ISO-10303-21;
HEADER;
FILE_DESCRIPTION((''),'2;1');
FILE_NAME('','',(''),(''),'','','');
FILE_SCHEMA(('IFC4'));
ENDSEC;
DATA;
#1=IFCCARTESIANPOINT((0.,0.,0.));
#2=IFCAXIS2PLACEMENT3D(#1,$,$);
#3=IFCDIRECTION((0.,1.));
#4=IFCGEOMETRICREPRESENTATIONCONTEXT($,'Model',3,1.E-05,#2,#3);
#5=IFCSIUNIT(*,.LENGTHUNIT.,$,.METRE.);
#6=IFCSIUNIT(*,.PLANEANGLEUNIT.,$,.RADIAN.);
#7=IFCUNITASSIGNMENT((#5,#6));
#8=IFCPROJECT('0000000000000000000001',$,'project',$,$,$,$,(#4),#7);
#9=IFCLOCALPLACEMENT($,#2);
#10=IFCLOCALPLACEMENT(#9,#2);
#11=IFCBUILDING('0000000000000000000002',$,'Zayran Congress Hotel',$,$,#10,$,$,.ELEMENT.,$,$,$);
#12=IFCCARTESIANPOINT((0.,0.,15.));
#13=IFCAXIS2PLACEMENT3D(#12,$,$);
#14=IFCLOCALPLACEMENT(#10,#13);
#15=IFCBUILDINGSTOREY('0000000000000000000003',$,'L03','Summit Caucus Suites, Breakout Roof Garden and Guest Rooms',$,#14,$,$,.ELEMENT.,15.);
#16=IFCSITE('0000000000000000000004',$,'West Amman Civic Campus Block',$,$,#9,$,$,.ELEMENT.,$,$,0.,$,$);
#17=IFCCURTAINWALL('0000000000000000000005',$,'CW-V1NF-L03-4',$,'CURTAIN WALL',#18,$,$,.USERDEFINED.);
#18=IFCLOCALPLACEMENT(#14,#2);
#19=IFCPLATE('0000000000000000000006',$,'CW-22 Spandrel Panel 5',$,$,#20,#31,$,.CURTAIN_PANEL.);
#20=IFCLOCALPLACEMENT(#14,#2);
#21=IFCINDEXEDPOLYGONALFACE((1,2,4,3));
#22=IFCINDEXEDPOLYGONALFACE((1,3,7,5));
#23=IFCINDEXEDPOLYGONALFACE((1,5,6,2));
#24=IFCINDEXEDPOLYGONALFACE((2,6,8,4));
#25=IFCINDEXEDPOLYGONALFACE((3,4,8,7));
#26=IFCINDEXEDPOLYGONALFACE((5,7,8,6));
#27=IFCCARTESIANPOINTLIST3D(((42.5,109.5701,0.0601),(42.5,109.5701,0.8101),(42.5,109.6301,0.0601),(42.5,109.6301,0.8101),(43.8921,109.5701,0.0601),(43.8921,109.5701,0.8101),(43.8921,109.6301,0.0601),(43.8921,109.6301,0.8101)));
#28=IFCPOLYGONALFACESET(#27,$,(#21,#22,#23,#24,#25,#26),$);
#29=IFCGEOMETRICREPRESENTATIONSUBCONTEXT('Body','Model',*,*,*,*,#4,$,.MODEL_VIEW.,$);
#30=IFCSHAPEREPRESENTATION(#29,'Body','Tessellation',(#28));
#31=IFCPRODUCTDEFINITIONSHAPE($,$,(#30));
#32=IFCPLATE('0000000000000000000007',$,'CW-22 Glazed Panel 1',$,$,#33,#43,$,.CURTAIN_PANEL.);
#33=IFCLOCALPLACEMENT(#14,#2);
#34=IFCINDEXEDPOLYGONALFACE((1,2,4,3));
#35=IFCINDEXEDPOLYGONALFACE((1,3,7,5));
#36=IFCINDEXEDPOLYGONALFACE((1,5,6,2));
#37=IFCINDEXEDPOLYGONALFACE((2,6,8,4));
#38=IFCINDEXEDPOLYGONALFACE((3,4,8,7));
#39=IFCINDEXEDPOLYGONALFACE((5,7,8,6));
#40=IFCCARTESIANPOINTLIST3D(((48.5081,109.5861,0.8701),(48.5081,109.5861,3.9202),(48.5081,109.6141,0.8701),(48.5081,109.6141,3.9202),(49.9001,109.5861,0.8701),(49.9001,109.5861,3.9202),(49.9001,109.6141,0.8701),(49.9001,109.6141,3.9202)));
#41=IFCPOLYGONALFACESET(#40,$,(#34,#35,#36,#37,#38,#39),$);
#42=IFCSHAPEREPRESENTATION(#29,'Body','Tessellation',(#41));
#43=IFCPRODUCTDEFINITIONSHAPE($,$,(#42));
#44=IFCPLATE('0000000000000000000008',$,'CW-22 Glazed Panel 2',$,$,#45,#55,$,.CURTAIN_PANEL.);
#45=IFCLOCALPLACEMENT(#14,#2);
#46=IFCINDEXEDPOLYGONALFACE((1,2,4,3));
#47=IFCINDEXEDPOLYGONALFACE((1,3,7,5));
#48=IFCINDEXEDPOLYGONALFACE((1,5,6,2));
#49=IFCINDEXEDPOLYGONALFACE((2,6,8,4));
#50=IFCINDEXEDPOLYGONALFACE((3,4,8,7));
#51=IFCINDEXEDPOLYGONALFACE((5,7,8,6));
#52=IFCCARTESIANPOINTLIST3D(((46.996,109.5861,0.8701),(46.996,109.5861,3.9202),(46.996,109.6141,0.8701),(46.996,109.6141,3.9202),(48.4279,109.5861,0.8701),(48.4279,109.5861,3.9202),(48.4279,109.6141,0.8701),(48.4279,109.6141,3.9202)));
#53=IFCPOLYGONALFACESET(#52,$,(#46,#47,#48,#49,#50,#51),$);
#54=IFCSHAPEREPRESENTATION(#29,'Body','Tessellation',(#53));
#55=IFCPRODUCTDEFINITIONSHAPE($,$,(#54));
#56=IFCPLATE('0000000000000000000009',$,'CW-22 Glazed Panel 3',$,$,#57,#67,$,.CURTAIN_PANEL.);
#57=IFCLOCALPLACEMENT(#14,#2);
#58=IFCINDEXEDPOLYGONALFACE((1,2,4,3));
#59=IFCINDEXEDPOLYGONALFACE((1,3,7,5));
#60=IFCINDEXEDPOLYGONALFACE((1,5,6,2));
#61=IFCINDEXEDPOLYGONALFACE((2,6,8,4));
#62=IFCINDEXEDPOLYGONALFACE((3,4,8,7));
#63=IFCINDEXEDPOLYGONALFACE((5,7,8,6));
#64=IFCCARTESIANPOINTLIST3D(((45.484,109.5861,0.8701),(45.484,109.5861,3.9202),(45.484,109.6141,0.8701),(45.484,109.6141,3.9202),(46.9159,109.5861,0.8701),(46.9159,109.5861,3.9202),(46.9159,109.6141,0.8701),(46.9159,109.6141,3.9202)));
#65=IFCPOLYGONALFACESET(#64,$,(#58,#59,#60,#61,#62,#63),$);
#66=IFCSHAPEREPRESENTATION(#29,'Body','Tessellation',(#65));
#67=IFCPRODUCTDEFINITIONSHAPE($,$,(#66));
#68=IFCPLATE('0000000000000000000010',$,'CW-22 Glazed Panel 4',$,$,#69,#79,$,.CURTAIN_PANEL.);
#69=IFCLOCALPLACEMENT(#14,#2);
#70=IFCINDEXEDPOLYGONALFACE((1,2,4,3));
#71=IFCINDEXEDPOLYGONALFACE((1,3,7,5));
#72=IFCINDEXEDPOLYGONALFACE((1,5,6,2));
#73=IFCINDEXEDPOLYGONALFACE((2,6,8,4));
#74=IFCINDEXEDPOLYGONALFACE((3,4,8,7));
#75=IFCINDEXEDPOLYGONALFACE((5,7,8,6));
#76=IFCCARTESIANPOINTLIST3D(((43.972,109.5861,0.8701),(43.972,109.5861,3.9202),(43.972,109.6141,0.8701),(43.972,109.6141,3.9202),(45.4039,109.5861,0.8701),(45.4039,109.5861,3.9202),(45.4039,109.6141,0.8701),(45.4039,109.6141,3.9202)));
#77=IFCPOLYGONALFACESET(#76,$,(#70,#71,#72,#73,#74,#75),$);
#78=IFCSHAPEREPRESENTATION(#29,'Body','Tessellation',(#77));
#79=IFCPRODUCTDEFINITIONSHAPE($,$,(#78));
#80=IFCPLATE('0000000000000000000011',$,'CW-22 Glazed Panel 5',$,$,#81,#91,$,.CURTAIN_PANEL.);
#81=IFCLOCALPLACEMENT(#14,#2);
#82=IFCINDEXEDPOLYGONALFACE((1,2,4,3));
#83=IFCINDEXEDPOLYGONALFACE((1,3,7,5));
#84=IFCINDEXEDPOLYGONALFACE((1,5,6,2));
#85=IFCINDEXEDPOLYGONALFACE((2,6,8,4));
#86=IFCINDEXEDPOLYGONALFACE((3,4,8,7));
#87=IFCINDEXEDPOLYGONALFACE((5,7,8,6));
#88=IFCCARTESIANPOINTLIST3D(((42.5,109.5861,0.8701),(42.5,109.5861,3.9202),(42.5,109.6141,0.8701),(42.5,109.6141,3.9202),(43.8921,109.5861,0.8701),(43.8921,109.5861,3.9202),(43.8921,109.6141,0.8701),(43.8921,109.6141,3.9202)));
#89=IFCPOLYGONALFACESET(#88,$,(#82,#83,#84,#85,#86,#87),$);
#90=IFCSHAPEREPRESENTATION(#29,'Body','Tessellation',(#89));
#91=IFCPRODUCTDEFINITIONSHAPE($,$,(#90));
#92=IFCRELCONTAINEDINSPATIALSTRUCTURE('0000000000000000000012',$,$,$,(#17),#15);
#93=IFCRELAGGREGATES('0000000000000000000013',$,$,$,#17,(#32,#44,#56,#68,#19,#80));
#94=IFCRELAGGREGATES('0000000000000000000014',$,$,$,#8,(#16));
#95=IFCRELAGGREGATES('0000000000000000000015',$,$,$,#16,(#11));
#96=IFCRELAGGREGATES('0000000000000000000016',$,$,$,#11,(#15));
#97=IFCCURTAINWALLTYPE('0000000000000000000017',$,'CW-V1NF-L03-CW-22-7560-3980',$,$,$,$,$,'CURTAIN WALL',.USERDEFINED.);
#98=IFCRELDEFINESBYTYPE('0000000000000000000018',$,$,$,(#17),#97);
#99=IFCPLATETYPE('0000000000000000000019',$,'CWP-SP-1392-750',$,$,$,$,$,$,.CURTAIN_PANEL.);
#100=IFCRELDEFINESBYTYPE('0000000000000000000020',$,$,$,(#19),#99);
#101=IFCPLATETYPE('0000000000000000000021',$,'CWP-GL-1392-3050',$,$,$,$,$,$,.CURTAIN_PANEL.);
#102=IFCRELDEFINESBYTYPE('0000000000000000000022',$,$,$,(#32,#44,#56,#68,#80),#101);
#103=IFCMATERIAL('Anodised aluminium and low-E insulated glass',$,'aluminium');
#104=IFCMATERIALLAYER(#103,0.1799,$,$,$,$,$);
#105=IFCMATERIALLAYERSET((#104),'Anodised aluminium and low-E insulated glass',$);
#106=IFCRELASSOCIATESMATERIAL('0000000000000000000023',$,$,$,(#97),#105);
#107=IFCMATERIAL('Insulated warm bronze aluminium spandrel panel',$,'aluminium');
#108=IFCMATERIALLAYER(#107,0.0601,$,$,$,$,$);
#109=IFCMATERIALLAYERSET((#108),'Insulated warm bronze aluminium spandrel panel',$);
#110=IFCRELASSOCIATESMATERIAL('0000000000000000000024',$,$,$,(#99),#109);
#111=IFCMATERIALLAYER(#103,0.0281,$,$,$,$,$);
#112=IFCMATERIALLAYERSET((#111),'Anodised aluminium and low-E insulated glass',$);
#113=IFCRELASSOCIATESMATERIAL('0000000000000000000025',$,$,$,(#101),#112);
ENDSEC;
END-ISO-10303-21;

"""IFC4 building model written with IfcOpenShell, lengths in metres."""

from ifc_helpers import new_model, si_unit, direction, frame, origin, origin_2d, place, context, subcontext, project, spatial, rectangle, extrude, material, layer, layer_set, type_object, element, aggregate, save


model = new_model("IFC4")

# Units and contexts
model_context = context("Model", 3, precision=1e-05, world=origin(), true_north=direction((0.0, 1.0)))
body_context = subcontext(model_context, "Body", "Model", "MODEL_VIEW")
ifc_project = project(units=[si_unit("LENGTHUNIT", "METRE"), si_unit("PLANEANGLEUNIT", "RADIAN")], contexts=[model_context])

# Site, building, storey
site_placement = place(None, origin())
site = spatial("IfcSite", under=ifc_project, at=site_placement, Name="West Amman Civic Campus Block", CompositionType="ELEMENT", RefElevation=0.0)
building_placement = place(site_placement, origin())
building = spatial("IfcBuilding", under=site, at=building_placement, Name="Zayran Congress Hotel", CompositionType="ELEMENT")
storey_placement = place(building_placement, frame((0.0, 0.0, 15.0)))
storey = spatial("IfcBuildingStorey", under=building, at=storey_placement, Name="L03", Description="Summit Caucus Suites, Breakout Roof Garden and Guest Rooms", CompositionType="ELEMENT", Elevation=15.0)

# Curtain wall, plates
ifc_material_1 = material(Name="Anodised aluminium and low-E insulated glass", Category="aluminium")
ifc_layer_1 = layer(ifc_material_1, 0.1799)
ifc_layer_set_1 = layer_set([ifc_layer_1], Name="Anodised aluminium and low-E insulated glass")
curtain_wall_type = type_object("IfcCurtainWallType", Name="CW-V1NF-L03-CW-22-7560-3980", ElementType="CURTAIN WALL", PredefinedType="USERDEFINED", material=ifc_layer_set_1)
curtain_wall_placement = place(storey_placement, origin())
curtain_wall = element("IfcCurtainWall", 1, at=curtain_wall_placement, inside=storey, type_object=curtain_wall_type, Name="CW-V1NF-L03-4", ObjectType="CURTAIN WALL", PredefinedType="USERDEFINED")
ifc_material_2 = material(Name="Insulated warm bronze aluminium spandrel panel", Category="aluminium")
ifc_layer_2 = layer(ifc_material_2, 0.0601)
ifc_layer_set_2 = layer_set([ifc_layer_2], Name="Insulated warm bronze aluminium spandrel panel")
plate_type_1 = type_object("IfcPlateType", Name="CWP-SP-1392-750", PredefinedType="CURTAIN_PANEL", material=ifc_layer_set_2)
plate_1_placement = place(storey_placement, frame((43.196, 109.6001, 0.0601), z_axis=(0.0, 0.0, 1.0), x_axis=(1.0, 0.0, 0.0)))
plate_1 = element("IfcPlate", 2, at=plate_1_placement, type_object=plate_type_1, Name="CW-22 Spandrel Panel 5", PredefinedType="CURTAIN_PANEL", context=body_context, shape_type="SweptSolid", body=[
    extrude(rectangle(XDim=1.3921, YDim=0.0601, at=origin_2d()), origin(), (0.0, 0.0, 1.0), 0.75),
])
ifc_layer_3 = layer(ifc_material_1, 0.0281)
ifc_layer_set_3 = layer_set([ifc_layer_3], Name="Anodised aluminium and low-E insulated glass")
plate_type_2 = type_object("IfcPlateType", Name="CWP-GL-1392-3050", PredefinedType="CURTAIN_PANEL", material=ifc_layer_set_3)
plate_2_placement = place(storey_placement, frame((49.2041, 109.6001, 0.8701), z_axis=(0.0, 0.0, 1.0), x_axis=(1.0, 0.0, 0.0)))
plate_2 = element("IfcPlate", 3, at=plate_2_placement, type_object=plate_type_2, Name="CW-22 Glazed Panel 1", PredefinedType="CURTAIN_PANEL", context=body_context, shape_type="SweptSolid", body=[
    extrude(rectangle(XDim=1.3921, YDim=0.0281, at=origin_2d()), origin(), (0.0, 0.0, 1.0), 3.05),
])
plate_3_placement = place(storey_placement, frame((47.7119, 109.6001, 0.8701), z_axis=(0.0, 0.0, 1.0), x_axis=(1.0, 0.0, 0.0)))
plate_3 = element("IfcPlate", 4, at=plate_3_placement, type_object=plate_type_2, Name="CW-22 Glazed Panel 2", PredefinedType="CURTAIN_PANEL", context=body_context, shape_type="SweptSolid", body=[
    extrude(rectangle(XDim=1.4319, YDim=0.0281, at=origin_2d()), origin(), (0.0, 0.0, 1.0), 3.05),
])
plate_4_placement = place(storey_placement, frame((46.2, 109.6001, 0.8701), z_axis=(0.0, 0.0, 1.0), x_axis=(1.0, 0.0, 0.0)))
plate_4 = element("IfcPlate", 5, at=plate_4_placement, type_object=plate_type_2, Name="CW-22 Glazed Panel 3", PredefinedType="CURTAIN_PANEL", context=body_context, shape_type="SweptSolid", body=[
    extrude(rectangle(XDim=1.4319, YDim=0.0281, at=origin_2d()), origin(), (0.0, 0.0, 1.0), 3.05),
])
plate_5_placement = place(storey_placement, frame((44.688, 109.6001, 0.8701), z_axis=(0.0, 0.0, 1.0), x_axis=(1.0, 0.0, 0.0)))
plate_5 = element("IfcPlate", 6, at=plate_5_placement, type_object=plate_type_2, Name="CW-22 Glazed Panel 4", PredefinedType="CURTAIN_PANEL", context=body_context, shape_type="SweptSolid", body=[
    extrude(rectangle(XDim=1.4319, YDim=0.0281, at=origin_2d()), origin(), (0.0, 0.0, 1.0), 3.05),
])
plate_6_placement = place(storey_placement, frame((43.196, 109.6001, 0.8701), z_axis=(0.0, 0.0, 1.0), x_axis=(1.0, 0.0, 0.0)))
plate_6 = element("IfcPlate", 7, at=plate_6_placement, type_object=plate_type_2, Name="CW-22 Glazed Panel 5", PredefinedType="CURTAIN_PANEL", context=body_context, shape_type="SweptSolid", body=[
    extrude(rectangle(XDim=1.3921, YDim=0.0281, at=origin_2d()), origin(), (0.0, 0.0, 1.0), 3.05),
])
aggregate(curtain_wall, [plate_2, plate_3, plate_4, plate_5, plate_1, plate_6])

save(model, "model.ifc")
